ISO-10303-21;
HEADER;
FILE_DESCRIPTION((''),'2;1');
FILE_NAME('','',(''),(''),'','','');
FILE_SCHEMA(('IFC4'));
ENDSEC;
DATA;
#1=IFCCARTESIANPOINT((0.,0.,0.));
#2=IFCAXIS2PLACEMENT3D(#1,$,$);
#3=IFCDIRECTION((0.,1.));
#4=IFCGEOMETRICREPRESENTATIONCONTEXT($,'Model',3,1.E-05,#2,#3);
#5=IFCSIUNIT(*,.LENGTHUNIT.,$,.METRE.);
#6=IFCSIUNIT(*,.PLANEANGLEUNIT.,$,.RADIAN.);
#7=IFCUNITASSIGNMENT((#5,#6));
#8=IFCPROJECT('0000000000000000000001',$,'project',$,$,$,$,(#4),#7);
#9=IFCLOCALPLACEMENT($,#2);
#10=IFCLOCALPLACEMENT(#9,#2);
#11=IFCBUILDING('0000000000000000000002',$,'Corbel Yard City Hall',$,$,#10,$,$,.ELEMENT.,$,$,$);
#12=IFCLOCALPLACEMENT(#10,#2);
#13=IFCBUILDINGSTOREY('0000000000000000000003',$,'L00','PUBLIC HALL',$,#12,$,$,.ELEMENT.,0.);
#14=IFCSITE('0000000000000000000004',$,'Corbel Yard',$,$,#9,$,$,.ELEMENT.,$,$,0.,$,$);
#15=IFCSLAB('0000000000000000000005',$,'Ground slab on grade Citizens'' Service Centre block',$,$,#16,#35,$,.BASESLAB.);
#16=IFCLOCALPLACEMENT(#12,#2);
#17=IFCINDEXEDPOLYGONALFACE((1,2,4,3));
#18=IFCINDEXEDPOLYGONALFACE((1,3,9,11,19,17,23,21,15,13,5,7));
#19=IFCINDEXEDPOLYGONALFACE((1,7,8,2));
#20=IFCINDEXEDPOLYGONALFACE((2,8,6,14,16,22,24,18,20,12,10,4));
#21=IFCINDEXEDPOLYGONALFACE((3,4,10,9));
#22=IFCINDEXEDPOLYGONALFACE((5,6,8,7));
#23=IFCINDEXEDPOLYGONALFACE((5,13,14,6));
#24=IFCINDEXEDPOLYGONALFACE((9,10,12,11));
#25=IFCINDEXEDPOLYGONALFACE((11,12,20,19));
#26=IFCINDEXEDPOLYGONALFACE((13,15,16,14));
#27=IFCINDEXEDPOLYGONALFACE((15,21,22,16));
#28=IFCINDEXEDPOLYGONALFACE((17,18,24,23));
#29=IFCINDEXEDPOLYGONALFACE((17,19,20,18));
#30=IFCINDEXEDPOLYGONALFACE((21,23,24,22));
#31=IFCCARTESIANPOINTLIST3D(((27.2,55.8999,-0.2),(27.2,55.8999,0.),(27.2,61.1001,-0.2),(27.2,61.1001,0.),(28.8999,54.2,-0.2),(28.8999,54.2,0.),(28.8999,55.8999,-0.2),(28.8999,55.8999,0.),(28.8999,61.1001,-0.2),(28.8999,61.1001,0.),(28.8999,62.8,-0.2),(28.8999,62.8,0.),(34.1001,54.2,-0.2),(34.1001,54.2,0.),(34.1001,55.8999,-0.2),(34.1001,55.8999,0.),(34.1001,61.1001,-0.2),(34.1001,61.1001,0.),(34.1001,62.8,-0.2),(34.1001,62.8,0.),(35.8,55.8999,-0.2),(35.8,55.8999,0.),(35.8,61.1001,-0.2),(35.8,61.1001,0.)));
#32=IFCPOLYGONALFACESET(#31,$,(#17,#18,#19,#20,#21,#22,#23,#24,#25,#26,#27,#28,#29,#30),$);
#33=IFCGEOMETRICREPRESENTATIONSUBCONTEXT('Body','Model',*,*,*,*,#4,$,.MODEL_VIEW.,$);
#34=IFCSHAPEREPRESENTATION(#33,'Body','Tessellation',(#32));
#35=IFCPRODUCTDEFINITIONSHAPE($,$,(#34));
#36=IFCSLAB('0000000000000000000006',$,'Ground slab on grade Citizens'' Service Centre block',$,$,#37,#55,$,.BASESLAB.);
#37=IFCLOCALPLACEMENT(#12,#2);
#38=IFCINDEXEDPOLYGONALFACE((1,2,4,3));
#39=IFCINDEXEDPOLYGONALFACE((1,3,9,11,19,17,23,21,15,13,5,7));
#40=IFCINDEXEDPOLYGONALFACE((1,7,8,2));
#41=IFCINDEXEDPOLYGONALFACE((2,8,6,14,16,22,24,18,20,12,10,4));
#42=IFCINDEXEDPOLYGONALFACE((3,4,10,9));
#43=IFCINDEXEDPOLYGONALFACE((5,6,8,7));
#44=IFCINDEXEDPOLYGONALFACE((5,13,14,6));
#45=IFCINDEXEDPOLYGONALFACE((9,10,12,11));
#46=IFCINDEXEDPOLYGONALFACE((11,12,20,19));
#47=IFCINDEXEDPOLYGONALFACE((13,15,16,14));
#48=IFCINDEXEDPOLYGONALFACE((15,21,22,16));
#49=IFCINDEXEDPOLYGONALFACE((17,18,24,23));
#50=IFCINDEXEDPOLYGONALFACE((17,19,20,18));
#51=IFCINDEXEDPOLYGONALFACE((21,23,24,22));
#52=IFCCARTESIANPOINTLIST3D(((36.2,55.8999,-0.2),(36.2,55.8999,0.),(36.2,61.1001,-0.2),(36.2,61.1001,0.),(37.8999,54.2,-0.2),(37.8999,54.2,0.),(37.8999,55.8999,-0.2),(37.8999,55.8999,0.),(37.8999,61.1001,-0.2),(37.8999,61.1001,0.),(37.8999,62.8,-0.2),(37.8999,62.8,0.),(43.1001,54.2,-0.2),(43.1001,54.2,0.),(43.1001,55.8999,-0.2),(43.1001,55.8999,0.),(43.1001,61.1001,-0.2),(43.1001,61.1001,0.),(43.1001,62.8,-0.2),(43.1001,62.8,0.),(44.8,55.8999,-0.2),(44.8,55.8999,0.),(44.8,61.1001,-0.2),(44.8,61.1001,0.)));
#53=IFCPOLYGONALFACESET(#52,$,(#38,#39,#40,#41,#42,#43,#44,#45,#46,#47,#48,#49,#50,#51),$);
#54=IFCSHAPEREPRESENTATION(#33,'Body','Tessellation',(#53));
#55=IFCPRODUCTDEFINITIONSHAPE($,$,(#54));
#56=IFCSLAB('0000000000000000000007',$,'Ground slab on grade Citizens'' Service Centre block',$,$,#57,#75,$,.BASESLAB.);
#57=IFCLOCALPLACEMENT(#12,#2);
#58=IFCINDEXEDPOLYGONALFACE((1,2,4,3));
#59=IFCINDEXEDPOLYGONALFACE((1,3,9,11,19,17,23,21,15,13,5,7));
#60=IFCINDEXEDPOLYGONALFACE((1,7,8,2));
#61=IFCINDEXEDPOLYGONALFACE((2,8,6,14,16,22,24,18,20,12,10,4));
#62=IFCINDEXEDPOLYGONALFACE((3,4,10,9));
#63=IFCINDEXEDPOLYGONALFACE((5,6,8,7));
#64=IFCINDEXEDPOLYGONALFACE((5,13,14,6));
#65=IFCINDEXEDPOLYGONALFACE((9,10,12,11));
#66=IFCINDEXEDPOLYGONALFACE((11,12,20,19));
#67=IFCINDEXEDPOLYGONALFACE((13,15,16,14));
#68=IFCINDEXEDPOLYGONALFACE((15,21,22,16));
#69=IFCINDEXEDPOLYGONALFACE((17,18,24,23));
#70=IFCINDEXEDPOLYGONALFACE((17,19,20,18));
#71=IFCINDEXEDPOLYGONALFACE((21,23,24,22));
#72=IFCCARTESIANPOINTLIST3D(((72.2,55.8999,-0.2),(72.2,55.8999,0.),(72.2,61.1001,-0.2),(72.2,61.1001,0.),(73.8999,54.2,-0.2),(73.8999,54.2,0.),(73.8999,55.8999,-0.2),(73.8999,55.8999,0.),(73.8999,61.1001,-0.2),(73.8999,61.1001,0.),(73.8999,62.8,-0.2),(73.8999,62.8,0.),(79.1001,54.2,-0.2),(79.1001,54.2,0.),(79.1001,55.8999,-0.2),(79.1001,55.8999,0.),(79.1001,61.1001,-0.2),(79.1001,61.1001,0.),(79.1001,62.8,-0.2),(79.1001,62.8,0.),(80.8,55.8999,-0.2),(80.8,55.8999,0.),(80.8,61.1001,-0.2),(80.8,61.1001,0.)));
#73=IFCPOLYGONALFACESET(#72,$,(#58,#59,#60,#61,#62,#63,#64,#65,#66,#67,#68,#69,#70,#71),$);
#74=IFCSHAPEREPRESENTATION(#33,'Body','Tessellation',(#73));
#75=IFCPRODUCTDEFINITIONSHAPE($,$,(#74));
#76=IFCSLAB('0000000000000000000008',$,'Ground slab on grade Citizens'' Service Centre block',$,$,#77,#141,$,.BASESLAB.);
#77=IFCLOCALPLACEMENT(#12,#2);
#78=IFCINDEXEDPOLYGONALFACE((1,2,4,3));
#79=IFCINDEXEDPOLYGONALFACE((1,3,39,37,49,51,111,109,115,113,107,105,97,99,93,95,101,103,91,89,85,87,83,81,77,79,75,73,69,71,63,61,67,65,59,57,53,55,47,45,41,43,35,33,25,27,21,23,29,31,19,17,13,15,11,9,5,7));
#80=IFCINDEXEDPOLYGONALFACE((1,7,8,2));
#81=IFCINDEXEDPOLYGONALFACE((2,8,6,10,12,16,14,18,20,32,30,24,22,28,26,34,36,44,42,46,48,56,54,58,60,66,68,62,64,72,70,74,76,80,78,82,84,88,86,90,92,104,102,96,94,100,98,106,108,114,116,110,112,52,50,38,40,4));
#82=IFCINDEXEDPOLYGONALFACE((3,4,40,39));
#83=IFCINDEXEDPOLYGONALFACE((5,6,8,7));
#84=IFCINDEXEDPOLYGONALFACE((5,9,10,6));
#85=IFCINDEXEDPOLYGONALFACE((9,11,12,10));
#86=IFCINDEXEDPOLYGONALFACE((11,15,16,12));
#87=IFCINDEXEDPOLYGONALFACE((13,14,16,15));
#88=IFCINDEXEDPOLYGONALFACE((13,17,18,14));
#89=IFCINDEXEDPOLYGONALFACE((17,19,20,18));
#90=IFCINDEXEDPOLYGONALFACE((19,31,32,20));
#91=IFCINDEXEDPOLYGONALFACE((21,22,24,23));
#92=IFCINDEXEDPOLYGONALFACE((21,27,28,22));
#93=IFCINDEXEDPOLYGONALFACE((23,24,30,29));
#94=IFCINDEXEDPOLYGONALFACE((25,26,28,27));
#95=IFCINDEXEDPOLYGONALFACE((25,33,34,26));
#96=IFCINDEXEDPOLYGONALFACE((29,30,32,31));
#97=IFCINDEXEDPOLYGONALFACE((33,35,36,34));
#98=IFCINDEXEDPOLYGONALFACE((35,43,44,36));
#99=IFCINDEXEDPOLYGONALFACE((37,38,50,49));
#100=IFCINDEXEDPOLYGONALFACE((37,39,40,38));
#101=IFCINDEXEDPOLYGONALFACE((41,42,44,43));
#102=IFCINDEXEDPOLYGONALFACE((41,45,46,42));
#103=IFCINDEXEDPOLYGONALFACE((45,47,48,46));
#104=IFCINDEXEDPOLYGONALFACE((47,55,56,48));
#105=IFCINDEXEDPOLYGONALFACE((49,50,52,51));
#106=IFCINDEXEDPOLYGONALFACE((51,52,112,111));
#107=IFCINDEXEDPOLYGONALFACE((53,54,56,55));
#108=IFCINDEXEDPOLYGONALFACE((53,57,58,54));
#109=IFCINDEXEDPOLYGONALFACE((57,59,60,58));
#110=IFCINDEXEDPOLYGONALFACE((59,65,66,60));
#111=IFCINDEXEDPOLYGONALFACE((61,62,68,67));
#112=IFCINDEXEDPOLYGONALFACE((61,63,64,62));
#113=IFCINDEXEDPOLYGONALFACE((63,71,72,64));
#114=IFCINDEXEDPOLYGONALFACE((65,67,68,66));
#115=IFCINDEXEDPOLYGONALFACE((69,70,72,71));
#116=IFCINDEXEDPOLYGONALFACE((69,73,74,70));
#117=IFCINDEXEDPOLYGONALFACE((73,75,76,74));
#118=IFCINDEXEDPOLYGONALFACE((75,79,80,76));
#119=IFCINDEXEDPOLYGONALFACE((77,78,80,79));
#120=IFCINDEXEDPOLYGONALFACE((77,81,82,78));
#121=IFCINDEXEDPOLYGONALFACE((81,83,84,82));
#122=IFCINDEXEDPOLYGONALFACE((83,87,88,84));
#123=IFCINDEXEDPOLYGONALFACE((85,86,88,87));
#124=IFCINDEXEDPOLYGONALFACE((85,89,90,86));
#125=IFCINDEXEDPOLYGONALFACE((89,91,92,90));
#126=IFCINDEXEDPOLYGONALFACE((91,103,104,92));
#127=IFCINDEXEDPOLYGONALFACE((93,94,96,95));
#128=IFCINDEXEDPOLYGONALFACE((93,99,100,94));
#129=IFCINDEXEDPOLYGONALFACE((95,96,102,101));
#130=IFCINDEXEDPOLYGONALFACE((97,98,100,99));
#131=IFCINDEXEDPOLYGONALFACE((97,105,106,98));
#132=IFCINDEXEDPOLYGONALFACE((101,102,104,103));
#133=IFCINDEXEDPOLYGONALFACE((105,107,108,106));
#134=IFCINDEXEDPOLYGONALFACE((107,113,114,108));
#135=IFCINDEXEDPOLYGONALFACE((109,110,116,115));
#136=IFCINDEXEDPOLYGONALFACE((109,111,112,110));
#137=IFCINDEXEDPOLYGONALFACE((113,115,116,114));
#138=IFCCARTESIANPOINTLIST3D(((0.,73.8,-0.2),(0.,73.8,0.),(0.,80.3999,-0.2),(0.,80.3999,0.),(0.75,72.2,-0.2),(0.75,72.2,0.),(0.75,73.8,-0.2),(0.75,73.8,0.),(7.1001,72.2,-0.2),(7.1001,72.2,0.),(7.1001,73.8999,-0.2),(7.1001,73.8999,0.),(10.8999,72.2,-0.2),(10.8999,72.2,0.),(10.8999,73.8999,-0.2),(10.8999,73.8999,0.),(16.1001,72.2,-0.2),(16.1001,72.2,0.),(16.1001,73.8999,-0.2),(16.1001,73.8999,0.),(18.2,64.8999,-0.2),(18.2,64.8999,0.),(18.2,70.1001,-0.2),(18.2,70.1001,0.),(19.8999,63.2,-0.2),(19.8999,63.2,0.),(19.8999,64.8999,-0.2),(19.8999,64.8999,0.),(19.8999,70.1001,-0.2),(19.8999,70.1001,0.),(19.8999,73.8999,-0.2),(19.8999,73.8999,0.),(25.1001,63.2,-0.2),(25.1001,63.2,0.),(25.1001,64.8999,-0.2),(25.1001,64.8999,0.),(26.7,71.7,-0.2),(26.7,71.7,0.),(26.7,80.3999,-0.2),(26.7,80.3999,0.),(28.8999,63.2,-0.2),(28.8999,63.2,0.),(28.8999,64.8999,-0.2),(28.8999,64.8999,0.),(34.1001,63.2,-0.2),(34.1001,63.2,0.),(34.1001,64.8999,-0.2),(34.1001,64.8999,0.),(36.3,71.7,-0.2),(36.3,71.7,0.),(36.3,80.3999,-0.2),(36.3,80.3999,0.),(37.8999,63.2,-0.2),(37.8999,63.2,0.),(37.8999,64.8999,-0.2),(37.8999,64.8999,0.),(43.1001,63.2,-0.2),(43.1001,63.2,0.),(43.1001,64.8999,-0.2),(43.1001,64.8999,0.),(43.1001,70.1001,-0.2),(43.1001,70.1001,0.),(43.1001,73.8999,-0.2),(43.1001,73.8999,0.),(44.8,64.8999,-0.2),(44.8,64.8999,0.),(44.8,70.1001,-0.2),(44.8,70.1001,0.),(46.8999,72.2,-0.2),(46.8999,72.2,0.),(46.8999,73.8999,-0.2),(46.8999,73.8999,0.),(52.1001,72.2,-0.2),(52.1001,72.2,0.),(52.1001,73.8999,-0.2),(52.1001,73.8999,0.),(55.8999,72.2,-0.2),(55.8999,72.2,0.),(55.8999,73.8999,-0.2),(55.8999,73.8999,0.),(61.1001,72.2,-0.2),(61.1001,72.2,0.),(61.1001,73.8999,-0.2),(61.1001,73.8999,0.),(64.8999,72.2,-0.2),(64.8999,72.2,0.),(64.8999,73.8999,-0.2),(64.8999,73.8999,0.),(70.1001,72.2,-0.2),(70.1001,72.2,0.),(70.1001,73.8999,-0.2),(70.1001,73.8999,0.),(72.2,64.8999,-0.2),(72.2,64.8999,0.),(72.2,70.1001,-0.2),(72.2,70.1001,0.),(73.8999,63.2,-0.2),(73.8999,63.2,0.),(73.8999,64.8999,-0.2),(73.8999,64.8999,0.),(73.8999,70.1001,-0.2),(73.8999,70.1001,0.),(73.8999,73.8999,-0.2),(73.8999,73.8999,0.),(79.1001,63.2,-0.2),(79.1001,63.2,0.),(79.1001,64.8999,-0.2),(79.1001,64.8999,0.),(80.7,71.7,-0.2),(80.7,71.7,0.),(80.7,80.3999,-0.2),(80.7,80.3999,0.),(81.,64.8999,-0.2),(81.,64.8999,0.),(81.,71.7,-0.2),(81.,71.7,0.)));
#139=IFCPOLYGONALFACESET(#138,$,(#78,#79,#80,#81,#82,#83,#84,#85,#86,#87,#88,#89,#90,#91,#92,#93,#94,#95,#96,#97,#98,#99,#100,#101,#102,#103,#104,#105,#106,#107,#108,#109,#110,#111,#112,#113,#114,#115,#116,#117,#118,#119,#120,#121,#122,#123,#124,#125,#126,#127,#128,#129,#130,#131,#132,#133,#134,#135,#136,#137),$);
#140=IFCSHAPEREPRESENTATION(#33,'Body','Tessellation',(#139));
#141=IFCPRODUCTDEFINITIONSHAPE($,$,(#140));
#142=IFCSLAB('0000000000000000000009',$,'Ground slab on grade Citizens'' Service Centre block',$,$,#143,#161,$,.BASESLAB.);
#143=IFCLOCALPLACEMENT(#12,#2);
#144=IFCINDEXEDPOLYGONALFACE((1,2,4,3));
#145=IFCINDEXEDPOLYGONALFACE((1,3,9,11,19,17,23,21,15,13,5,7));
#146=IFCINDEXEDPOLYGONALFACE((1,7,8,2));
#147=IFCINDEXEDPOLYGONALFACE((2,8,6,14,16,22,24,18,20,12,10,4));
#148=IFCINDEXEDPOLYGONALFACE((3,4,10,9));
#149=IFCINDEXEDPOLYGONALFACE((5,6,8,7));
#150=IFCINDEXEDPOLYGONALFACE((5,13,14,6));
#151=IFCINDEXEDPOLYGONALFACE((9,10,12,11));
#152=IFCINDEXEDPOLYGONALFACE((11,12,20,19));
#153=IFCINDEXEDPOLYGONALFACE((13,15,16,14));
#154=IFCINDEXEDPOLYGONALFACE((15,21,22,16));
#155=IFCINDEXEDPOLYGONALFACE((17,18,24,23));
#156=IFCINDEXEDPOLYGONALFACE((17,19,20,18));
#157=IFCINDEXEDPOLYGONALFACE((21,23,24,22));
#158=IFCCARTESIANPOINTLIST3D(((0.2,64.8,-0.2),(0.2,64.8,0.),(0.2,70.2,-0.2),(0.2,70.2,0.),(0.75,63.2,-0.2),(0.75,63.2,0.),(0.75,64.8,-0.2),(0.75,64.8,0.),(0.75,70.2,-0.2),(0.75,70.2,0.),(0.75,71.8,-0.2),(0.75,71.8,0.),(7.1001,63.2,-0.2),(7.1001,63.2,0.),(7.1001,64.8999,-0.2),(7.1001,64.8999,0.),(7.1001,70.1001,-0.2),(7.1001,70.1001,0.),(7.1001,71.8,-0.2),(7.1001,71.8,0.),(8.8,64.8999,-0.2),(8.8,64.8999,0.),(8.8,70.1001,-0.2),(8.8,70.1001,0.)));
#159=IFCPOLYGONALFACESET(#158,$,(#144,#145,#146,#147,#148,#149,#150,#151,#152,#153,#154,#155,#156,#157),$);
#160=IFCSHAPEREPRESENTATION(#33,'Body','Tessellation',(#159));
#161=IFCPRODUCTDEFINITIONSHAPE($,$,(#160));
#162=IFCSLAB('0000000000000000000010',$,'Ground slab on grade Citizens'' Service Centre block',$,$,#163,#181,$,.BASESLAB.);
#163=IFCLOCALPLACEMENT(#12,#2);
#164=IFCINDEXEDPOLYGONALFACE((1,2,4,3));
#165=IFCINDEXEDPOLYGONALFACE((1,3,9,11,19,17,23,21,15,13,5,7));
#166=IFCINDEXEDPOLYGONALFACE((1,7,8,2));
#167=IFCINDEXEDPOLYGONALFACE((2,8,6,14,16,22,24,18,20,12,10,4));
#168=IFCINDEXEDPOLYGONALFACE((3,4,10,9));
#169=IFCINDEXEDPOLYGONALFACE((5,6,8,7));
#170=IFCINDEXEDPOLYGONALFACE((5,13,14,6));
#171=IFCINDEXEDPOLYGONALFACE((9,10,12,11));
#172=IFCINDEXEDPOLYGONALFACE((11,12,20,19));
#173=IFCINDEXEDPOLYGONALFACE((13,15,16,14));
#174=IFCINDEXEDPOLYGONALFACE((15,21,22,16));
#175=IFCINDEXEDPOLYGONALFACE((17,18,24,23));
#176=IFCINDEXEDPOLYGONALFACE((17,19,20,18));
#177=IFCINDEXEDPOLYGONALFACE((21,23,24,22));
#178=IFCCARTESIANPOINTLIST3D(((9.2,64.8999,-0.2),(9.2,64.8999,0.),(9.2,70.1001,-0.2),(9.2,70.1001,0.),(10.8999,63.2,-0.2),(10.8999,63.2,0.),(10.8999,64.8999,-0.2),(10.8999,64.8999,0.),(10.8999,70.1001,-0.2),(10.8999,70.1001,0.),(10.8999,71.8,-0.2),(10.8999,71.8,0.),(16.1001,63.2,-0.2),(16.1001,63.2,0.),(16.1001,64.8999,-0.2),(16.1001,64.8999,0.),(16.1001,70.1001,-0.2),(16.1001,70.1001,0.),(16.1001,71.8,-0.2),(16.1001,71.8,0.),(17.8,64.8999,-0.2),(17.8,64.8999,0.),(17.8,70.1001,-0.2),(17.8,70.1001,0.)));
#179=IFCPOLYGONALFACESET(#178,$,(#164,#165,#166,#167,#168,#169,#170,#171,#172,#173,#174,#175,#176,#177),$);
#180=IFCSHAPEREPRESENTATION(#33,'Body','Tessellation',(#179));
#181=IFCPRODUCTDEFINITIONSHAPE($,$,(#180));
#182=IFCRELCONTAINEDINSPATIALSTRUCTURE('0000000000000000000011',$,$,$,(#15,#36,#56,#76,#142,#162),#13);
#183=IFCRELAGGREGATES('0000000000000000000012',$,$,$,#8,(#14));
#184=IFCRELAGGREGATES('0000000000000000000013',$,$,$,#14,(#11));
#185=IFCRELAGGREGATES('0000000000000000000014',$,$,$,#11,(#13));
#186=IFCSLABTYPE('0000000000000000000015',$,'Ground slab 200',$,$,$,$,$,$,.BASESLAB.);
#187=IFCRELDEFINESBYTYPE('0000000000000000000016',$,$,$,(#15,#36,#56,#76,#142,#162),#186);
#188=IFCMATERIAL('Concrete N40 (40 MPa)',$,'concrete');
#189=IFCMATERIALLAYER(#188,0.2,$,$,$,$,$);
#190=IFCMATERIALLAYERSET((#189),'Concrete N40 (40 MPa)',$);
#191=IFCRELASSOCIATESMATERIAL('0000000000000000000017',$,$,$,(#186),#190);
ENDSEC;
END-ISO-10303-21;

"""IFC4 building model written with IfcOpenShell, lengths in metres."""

from ifc_helpers import new_model, si_unit, direction, frame, origin, place, context, subcontext, project, spatial, polyline, outline, extrude, material, layer, layer_set, type_object, element, save


model = new_model("IFC4")

# Units and contexts
model_context = context("Model", 3, precision=1e-05, world=origin(), true_north=direction((0.0, 1.0)))
body_context = subcontext(model_context, "Body", "Model", "MODEL_VIEW")
ifc_project = project(units=[si_unit("LENGTHUNIT", "METRE"), si_unit("PLANEANGLEUNIT", "RADIAN")], contexts=[model_context])

# Site, building, storey
site_placement = place(None, origin())
site = spatial("IfcSite", under=ifc_project, at=site_placement, Name="Corbel Yard", CompositionType="ELEMENT", RefElevation=0.0)
building_placement = place(site_placement, origin())
building = spatial("IfcBuilding", under=site, at=building_placement, Name="Corbel Yard City Hall", CompositionType="ELEMENT")
storey_placement = place(building_placement, origin())
storey = spatial("IfcBuildingStorey", under=building, at=storey_placement, Name="L00", Description="PUBLIC HALL", CompositionType="ELEMENT", Elevation=0.0)

# Slabs
ifc_material = material(Name="Concrete N40 (40 MPa)", Category="concrete")
ifc_layer = layer(ifc_material, 0.2)
ifc_layer_set = layer_set([ifc_layer], Name="Concrete N40 (40 MPa)")
slab_type = type_object("IfcSlabType", Name="Ground slab 200", PredefinedType="BASESLAB", material=ifc_layer_set)
slab_1_placement = place(storey_placement, frame((0.0, 0.0, -0.2)))
element("IfcSlab", 1, at=slab_1_placement, inside=storey, type_object=slab_type, Name="Ground slab on grade Citizens' Service Centre block", PredefinedType="BASESLAB", context=body_context, shape_type="SweptSolid", body=[
    extrude(outline(polyline([(27.2, 55.8999), (28.8999, 55.8999), (28.8999, 54.2), (34.1001, 54.2), (34.1001, 55.8999), (35.8, 55.8999), (35.8, 61.1001), (34.1001, 61.1001), (34.1001, 62.8), (28.8999, 62.8), (28.8999, 61.1001), (27.2, 61.1001), (27.2, 55.8999)])), origin(), (0.0, 0.0, 1.0), 0.2),
])
slab_2_placement = place(storey_placement, frame((0.0, 0.0, -0.2)))
element("IfcSlab", 2, at=slab_2_placement, inside=storey, type_object=slab_type, Name="Ground slab on grade Citizens' Service Centre block", PredefinedType="BASESLAB", context=body_context, shape_type="SweptSolid", body=[
    extrude(outline(polyline([(43.1001, 55.8999), (44.8, 55.8999), (44.8, 61.1001), (43.1001, 61.1001), (43.1001, 62.8), (37.8999, 62.8), (37.8999, 61.1001), (36.2, 61.1001), (36.2, 55.8999), (37.8999, 55.8999), (37.8999, 54.2), (43.1001, 54.2), (43.1001, 55.8999)])), origin(), (0.0, 0.0, 1.0), 0.2),
])
slab_3_placement = place(storey_placement, frame((0.0, 0.0, -0.2)))
element("IfcSlab", 3, at=slab_3_placement, inside=storey, type_object=slab_type, Name="Ground slab on grade Citizens' Service Centre block", PredefinedType="BASESLAB", context=body_context, shape_type="SweptSolid", body=[
    extrude(outline(polyline([(79.1001, 55.8999), (80.8, 55.8999), (80.8, 61.1001), (79.1001, 61.1001), (79.1001, 62.8), (73.8999, 62.8), (73.8999, 61.1001), (72.2, 61.1001), (72.2, 55.8999), (73.8999, 55.8999), (73.8999, 54.2), (79.1001, 54.2), (79.1001, 55.8999)])), origin(), (0.0, 0.0, 1.0), 0.2),
])
slab_4_placement = place(storey_placement, frame((0.0, 0.0, -0.2)))
element("IfcSlab", 4, at=slab_4_placement, inside=storey, type_object=slab_type, Name="Ground slab on grade Citizens' Service Centre block", PredefinedType="BASESLAB", context=body_context, shape_type="SweptSolid", body=[
    extrude(outline(polyline([(79.1001, 64.8999), (81.0, 64.8999), (81.0, 71.7), (80.7, 71.7), (80.7, 80.3999), (36.3, 80.3999), (36.3, 71.7), (26.7, 71.7), (26.7, 80.3999), (0.0, 80.3999), (0.0, 73.8), (0.75, 73.8), (0.75, 72.2), (7.1001, 72.2), (7.1001, 73.8999), (10.8999, 73.8999), (10.8999, 72.2), (16.1001, 72.2), (16.1001, 73.8999), (19.8999, 73.8999), (19.8999, 70.1001), (18.2, 70.1001), (18.2, 64.8999), (19.8999, 64.8999), (19.8999, 63.2), (25.1001, 63.2), (25.1001, 64.8999), (28.8999, 64.8999), (28.8999, 63.2), (34.1001, 63.2), (34.1001, 64.8999), (37.8999, 64.8999), (37.8999, 63.2), (43.1001, 63.2), (43.1001, 64.8999), (44.8, 64.8999), (44.8, 70.1001), (43.1001, 70.1001), (43.1001, 73.8999), (46.8999, 73.8999), (46.8999, 72.2), (52.1001, 72.2), (52.1001, 73.8999), (55.8999, 73.8999), (55.8999, 72.2), (61.1001, 72.2), (61.1001, 73.8999), (64.8999, 73.8999), (64.8999, 72.2), (70.1001, 72.2), (70.1001, 73.8999), (73.8999, 73.8999), (73.8999, 70.1001), (72.2, 70.1001), (72.2, 64.8999), (73.8999, 64.8999), (73.8999, 63.2), (79.1001, 63.2), (79.1001, 64.8999)])), origin(), (0.0, 0.0, 1.0), 0.2),
])
slab_5_placement = place(storey_placement, frame((0.0, 0.0, -0.2)))
element("IfcSlab", 5, at=slab_5_placement, inside=storey, type_object=slab_type, Name="Ground slab on grade Citizens' Service Centre block", PredefinedType="BASESLAB", context=body_context, shape_type="SweptSolid", body=[
    extrude(outline(polyline([(0.2, 64.8), (0.75, 64.8), (0.75, 63.2), (7.1001, 63.2), (7.1001, 64.8999), (8.8, 64.8999), (8.8, 70.1001), (7.1001, 70.1001), (7.1001, 71.8), (0.75, 71.8), (0.75, 70.2), (0.2, 70.2), (0.2, 64.8)])), origin(), (0.0, 0.0, 1.0), 0.2),
])
slab_6_placement = place(storey_placement, frame((0.0, 0.0, -0.2)))
element("IfcSlab", 6, at=slab_6_placement, inside=storey, type_object=slab_type, Name="Ground slab on grade Citizens' Service Centre block", PredefinedType="BASESLAB", context=body_context, shape_type="SweptSolid", body=[
    extrude(outline(polyline([(10.8999, 71.8), (10.8999, 70.1001), (9.2, 70.1001), (9.2, 64.8999), (10.8999, 64.8999), (10.8999, 63.2), (16.1001, 63.2), (16.1001, 64.8999), (17.8, 64.8999), (17.8, 70.1001), (16.1001, 70.1001), (16.1001, 71.8), (10.8999, 71.8)])), origin(), (0.0, 0.0, 1.0), 0.2),
])

save(model, "model.ifc")
